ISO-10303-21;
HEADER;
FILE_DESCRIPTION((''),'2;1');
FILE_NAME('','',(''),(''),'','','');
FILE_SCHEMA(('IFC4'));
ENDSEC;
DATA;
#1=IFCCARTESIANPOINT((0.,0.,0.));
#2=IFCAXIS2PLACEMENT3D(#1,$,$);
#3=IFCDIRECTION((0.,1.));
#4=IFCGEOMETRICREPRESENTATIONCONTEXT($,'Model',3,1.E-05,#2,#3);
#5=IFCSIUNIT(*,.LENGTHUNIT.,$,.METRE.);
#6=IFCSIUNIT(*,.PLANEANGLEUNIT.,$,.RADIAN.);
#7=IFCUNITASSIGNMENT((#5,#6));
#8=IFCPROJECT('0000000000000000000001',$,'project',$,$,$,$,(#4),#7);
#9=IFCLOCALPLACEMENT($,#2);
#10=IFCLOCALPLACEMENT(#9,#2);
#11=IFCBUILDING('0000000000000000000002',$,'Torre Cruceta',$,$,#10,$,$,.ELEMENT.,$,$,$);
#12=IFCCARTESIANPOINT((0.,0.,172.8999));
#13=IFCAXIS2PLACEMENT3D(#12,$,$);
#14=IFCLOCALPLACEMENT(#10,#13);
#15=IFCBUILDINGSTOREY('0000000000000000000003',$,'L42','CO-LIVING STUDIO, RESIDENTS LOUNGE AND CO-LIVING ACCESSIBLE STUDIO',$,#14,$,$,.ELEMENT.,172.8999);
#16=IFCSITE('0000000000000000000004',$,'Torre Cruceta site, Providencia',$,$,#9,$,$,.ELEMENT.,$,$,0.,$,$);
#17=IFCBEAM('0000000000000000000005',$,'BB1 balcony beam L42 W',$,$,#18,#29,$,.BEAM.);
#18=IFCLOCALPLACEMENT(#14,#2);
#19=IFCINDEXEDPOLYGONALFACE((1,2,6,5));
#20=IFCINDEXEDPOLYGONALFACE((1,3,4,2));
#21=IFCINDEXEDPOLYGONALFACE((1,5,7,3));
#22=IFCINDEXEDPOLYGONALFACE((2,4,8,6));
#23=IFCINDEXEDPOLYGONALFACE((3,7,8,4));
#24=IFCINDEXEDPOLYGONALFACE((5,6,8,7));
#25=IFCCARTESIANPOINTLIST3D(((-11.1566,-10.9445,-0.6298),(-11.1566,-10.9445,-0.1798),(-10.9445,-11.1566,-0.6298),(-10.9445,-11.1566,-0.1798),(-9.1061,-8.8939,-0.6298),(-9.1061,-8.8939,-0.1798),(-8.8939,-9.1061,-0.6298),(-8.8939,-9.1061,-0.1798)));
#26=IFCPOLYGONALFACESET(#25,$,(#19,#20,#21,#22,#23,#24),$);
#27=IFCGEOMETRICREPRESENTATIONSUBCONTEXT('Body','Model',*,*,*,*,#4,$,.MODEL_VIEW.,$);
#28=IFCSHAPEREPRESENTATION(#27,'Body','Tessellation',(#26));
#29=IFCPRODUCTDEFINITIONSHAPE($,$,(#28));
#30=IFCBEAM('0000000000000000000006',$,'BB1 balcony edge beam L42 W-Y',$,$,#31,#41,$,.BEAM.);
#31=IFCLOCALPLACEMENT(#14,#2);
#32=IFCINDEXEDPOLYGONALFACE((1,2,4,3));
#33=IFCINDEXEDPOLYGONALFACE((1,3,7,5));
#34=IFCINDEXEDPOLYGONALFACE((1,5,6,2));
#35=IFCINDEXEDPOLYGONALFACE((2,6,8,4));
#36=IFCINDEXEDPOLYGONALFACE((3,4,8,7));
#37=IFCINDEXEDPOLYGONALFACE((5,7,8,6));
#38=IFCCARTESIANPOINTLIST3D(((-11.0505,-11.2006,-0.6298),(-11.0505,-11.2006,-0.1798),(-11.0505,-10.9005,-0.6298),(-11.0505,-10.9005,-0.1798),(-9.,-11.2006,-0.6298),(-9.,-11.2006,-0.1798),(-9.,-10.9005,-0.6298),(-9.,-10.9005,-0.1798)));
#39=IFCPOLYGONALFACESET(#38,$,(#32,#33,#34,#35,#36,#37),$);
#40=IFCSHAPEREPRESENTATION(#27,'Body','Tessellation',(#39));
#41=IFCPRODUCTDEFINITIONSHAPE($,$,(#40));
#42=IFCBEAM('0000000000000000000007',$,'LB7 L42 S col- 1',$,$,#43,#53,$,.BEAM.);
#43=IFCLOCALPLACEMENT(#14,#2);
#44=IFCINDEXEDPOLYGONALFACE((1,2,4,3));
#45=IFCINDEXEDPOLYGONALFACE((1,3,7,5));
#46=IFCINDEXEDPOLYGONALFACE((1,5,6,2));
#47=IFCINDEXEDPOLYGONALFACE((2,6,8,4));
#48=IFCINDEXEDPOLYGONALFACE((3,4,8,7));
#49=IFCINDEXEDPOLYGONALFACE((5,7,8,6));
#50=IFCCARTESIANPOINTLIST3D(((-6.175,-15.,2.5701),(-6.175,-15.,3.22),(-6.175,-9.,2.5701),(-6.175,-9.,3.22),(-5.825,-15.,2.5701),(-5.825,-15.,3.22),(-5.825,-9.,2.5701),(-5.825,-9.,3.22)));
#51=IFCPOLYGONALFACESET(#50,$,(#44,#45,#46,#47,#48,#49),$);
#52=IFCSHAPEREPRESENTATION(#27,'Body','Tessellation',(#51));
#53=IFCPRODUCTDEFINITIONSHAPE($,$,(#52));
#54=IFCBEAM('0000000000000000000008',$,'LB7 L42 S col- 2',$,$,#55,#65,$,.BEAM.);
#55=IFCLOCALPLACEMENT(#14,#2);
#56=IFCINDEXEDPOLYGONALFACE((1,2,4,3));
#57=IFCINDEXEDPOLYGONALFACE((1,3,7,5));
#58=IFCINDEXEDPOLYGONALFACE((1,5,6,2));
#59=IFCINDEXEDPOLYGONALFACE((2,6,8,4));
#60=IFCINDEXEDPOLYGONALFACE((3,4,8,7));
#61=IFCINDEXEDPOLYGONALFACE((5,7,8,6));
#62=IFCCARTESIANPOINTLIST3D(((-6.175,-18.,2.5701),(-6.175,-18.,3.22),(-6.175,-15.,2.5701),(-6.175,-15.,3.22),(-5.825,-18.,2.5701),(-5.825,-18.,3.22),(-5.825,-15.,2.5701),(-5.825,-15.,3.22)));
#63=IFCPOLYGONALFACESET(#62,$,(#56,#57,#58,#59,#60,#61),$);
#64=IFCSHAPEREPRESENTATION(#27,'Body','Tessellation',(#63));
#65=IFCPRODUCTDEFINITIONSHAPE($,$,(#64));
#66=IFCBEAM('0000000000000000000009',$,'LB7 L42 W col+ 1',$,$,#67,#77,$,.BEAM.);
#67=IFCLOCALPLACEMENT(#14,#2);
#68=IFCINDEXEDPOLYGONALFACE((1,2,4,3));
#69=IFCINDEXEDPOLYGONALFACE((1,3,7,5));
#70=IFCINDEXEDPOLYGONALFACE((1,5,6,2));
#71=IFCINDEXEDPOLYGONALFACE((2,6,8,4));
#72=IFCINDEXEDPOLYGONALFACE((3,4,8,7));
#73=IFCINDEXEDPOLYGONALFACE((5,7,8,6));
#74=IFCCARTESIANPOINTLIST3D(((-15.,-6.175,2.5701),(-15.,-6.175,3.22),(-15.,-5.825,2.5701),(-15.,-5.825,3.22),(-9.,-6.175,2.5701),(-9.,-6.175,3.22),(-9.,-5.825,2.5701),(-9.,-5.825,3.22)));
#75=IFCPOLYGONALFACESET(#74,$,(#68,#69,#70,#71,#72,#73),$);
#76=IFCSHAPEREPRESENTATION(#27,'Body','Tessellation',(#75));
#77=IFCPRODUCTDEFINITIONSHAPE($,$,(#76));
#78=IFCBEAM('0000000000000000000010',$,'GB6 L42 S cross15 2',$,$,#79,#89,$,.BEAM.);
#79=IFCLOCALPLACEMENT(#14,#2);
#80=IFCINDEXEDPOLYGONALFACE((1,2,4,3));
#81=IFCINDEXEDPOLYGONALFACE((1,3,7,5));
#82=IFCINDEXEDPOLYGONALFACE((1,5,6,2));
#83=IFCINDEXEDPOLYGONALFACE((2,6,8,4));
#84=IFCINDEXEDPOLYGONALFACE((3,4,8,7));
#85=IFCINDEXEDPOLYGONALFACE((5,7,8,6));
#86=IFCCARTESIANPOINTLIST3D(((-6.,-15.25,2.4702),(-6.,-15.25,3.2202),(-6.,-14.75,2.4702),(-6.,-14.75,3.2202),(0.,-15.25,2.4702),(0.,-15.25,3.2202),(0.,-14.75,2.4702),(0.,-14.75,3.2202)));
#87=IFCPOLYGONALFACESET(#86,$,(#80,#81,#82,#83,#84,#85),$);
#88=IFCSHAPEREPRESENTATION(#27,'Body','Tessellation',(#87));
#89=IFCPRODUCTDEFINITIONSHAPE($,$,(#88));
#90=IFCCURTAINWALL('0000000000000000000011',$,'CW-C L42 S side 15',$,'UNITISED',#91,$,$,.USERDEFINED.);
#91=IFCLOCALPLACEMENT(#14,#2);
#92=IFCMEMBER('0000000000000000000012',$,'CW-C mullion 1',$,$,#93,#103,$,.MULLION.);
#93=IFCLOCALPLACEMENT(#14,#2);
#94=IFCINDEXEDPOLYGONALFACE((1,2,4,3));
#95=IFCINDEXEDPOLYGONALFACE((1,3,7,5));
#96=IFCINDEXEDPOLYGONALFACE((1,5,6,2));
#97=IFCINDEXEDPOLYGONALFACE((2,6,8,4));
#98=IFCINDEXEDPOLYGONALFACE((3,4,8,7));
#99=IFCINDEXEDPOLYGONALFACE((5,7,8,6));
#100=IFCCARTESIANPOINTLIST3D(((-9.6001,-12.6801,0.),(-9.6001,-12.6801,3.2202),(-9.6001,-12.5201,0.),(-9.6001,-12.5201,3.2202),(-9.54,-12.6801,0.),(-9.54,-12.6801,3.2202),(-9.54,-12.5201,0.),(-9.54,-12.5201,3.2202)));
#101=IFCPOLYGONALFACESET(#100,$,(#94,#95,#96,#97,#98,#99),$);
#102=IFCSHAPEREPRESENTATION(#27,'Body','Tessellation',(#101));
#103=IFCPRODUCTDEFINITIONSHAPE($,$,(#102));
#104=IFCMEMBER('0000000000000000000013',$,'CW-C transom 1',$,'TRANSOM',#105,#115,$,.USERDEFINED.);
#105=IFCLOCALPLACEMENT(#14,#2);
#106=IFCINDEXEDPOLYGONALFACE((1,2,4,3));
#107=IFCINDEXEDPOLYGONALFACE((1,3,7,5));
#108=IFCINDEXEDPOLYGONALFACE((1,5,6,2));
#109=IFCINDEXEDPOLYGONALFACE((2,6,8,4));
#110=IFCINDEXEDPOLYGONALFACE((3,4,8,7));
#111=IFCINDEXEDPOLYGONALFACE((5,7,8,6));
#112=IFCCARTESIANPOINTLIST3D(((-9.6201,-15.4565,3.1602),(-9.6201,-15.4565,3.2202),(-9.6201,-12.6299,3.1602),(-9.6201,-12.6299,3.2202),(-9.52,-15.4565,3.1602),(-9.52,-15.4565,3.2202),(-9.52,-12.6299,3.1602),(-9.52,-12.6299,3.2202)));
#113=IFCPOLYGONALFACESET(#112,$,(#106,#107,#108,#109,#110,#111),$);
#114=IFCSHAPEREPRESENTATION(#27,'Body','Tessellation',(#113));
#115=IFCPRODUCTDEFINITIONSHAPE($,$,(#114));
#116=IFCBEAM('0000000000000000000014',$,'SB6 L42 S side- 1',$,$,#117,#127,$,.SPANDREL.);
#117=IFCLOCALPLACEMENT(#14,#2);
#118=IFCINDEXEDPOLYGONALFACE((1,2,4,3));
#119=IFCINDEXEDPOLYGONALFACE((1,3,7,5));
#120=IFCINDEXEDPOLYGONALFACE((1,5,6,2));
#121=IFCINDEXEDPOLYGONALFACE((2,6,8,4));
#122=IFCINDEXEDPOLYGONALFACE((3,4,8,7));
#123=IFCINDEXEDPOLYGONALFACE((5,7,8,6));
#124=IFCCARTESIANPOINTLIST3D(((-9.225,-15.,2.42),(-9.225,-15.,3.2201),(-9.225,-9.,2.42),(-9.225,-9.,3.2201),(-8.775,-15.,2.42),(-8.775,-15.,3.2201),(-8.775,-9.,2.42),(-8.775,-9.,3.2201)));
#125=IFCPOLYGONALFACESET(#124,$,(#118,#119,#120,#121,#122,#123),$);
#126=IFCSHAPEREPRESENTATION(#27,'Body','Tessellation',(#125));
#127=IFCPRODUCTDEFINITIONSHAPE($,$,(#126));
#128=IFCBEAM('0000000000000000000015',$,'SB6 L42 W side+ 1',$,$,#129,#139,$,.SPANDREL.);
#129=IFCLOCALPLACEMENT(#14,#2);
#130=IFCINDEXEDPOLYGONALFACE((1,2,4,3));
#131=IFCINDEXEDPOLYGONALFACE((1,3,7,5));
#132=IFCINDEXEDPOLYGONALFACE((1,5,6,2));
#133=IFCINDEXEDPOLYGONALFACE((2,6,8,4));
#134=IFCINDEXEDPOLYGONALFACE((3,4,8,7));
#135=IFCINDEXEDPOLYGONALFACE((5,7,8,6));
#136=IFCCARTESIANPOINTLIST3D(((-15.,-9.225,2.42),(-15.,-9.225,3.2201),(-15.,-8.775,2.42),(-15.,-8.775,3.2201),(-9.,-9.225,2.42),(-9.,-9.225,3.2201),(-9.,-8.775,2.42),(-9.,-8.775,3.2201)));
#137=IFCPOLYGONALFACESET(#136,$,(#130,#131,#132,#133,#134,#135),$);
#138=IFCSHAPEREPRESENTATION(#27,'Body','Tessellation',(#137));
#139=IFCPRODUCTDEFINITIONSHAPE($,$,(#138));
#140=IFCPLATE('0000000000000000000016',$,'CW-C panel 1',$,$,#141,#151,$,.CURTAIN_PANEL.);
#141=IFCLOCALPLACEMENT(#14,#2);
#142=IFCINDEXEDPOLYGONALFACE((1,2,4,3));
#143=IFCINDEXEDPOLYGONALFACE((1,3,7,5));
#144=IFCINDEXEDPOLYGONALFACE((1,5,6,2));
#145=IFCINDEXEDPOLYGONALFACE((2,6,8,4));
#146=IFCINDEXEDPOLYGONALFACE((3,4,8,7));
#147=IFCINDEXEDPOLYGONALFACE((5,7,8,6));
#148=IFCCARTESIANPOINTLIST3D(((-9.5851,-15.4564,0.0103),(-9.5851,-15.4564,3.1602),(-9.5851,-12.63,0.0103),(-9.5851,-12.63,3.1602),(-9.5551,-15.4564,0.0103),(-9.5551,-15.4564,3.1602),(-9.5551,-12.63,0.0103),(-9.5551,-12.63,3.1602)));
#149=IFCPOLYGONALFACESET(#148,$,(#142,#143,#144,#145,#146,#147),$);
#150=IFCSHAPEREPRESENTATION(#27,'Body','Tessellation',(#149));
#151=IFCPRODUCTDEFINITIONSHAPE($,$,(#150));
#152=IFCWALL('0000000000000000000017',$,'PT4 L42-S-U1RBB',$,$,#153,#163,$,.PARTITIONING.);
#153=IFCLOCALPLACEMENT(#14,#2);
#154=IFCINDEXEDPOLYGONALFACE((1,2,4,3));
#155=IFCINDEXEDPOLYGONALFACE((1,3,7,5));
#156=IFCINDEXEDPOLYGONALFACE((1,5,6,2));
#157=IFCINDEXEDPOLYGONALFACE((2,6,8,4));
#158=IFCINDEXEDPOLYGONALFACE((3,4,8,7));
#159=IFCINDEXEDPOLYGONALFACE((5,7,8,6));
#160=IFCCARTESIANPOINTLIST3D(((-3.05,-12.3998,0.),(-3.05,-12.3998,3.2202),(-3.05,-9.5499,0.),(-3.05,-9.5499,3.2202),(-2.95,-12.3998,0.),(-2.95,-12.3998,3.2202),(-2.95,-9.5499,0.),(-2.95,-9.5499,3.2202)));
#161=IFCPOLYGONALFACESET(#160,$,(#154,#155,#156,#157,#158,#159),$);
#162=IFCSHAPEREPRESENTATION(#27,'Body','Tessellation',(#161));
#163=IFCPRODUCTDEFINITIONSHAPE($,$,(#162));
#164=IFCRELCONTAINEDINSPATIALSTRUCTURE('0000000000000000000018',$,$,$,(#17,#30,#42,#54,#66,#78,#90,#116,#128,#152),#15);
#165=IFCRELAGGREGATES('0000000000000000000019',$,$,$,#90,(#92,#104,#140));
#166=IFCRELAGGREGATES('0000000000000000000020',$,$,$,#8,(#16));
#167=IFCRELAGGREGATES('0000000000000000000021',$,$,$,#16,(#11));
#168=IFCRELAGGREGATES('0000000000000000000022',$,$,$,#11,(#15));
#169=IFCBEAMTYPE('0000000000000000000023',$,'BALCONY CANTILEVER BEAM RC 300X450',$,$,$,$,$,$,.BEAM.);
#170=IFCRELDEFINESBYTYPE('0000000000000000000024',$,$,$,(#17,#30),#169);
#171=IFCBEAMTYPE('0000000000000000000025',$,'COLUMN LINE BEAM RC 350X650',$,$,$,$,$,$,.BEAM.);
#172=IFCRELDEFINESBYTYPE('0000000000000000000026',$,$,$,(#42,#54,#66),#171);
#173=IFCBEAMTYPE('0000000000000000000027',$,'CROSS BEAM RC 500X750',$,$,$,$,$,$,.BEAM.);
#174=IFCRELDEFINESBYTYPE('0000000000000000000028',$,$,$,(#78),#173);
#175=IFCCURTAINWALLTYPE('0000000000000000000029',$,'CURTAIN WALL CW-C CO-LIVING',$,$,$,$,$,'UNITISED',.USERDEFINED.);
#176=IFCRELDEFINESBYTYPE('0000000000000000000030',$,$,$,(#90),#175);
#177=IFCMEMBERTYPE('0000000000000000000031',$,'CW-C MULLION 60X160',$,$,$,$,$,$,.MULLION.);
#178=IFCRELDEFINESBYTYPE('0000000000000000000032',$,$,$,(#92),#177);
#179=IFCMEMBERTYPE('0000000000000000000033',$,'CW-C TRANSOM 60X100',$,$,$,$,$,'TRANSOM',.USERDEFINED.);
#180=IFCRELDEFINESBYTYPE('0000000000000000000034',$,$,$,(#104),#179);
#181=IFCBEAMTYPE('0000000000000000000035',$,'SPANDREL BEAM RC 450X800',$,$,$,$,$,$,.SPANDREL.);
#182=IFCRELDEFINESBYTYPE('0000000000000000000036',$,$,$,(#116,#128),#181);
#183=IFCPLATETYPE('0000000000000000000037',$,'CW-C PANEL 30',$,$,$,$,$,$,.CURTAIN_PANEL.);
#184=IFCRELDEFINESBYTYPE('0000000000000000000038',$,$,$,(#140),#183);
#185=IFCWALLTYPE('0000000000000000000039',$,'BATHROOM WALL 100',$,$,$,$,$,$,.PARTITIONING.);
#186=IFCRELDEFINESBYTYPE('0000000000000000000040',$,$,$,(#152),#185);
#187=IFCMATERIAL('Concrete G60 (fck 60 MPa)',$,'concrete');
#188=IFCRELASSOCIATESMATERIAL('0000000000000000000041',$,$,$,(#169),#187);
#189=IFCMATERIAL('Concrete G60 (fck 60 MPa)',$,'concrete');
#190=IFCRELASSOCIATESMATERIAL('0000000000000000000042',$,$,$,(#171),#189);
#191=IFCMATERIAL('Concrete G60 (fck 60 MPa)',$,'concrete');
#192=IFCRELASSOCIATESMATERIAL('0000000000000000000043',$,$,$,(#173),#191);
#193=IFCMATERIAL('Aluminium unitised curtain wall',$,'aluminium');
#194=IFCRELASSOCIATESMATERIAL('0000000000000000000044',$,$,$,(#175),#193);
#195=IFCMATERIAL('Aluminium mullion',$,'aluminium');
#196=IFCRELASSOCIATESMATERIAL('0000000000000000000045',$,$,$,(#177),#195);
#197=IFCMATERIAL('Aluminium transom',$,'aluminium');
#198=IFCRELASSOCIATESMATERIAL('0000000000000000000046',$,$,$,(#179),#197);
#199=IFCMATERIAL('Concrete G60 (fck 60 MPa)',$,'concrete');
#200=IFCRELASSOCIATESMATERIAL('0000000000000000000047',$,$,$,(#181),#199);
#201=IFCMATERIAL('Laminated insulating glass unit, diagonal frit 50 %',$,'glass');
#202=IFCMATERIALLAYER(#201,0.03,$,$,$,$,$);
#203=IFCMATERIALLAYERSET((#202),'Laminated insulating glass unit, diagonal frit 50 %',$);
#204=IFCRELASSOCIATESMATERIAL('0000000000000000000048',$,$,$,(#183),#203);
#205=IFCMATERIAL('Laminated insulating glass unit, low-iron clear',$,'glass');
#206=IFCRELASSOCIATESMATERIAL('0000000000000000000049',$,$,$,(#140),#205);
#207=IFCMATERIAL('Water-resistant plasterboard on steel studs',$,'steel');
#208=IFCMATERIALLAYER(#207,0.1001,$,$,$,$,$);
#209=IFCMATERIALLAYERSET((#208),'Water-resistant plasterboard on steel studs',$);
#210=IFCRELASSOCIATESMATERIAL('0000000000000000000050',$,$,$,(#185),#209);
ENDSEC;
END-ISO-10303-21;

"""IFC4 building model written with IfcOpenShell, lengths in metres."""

from ifc_helpers import new_model, si_unit, direction, frame, frame_2d, origin, origin_2d, place, context, subcontext, project, spatial, rectangle, extrude, material, layer, layer_set, material_profile, profile_set, type_object, element, aggregate, save


model = new_model("IFC4")

# Units and contexts
model_context = context("Model", 3, precision=1e-05, world=origin(), true_north=direction((0.0, 1.0)))
body_context = subcontext(model_context, "Body", "Model", "MODEL_VIEW")
ifc_project = project(units=[si_unit("LENGTHUNIT", "METRE"), si_unit("PLANEANGLEUNIT", "RADIAN")], contexts=[model_context])

# Site, building, storey
site_placement = place(None, origin())
site = spatial("IfcSite", under=ifc_project, at=site_placement, Name="Torre Cruceta site, Providencia", CompositionType="ELEMENT", RefElevation=0.0)
building_placement = place(site_placement, origin())
building = spatial("IfcBuilding", under=site, at=building_placement, Name="Torre Cruceta", CompositionType="ELEMENT")
storey_placement = place(building_placement, frame((0.0, 0.0, 172.8999)))
storey = spatial("IfcBuildingStorey", under=building, at=storey_placement, Name="L42", Description="CO-LIVING STUDIO, RESIDENTS LOUNGE AND CO-LIVING ACCESSIBLE STUDIO", CompositionType="ELEMENT", Elevation=172.8999)

# Beams
ifc_material_1 = material(Name="Concrete G60 (fck 60 MPa)", Category="concrete")
ifc_material_profile_1 = material_profile(ifc_material_1, rectangle(XDim=0.3, YDim=0.45, at=origin_2d()), Name="RC 300X450")
ifc_profile_set_1 = profile_set([ifc_material_profile_1], Name="Concrete G60 (fck 60 MPa)")
beam_type_1 = type_object("IfcBeamType", Name="BALCONY CANTILEVER BEAM RC 300X450", PredefinedType="BEAM", material=ifc_profile_set_1)
beam_1_placement = place(storey_placement, frame((-9.0, -9.0, -0.4048), z_axis=(-0.707107, -0.707107, 0.0), x_axis=(0.707107, -0.707107, 0.0)))
element("IfcBeam", 1, at=beam_1_placement, inside=storey, type_object=beam_type_1, Name="BB1 balcony beam L42 W", PredefinedType="BEAM", context=body_context, shape_type="SweptSolid", body=[
    extrude(rectangle(XDim=0.3, YDim=0.45, at=origin_2d()), origin(), (0.0, 0.0, 1.0), 2.8999),
])
beam_2_placement = place(storey_placement, frame((-9.0, -11.0505, -0.4048), z_axis=(-1.0, 0.0, 0.0), x_axis=(0.0, -1.0, 0.0)))
element("IfcBeam", 2, at=beam_2_placement, inside=storey, type_object=beam_type_1, Name="BB1 balcony edge beam L42 W-Y", PredefinedType="BEAM", context=body_context, shape_type="SweptSolid", body=[
    extrude(rectangle(XDim=0.3, YDim=0.45, at=origin_2d()), origin(), (0.0, 0.0, 1.0), 2.0505),
])
ifc_material_2 = material(Name="Concrete G60 (fck 60 MPa)", Category="concrete")
ifc_material_profile_2 = material_profile(ifc_material_2, rectangle(XDim=0.3501, YDim=0.6499, at=origin_2d()), Name="RC 350X650")
ifc_profile_set_2 = profile_set([ifc_material_profile_2], Name="Concrete G60 (fck 60 MPa)")
beam_type_2 = type_object("IfcBeamType", Name="COLUMN LINE BEAM RC 350X650", PredefinedType="BEAM", material=ifc_profile_set_2)
beam_3_placement = place(storey_placement, frame((-6.0, -9.0, 2.895), z_axis=(0.0, -1.0, 0.0), x_axis=(1.0, 0.0, 0.0)))
element("IfcBeam", 3, at=beam_3_placement, inside=storey, type_object=beam_type_2, Name="LB7 L42 S col- 1", PredefinedType="BEAM", context=body_context, shape_type="SweptSolid", body=[
    extrude(rectangle(XDim=0.3501, YDim=0.6499, at=origin_2d()), origin(), (0.0, 0.0, 1.0), 6.0),
])
beam_4_placement = place(storey_placement, frame((-6.0, -15.0, 2.895), z_axis=(0.0, -1.0, 0.0), x_axis=(1.0, 0.0, 0.0)))
element("IfcBeam", 4, at=beam_4_placement, inside=storey, type_object=beam_type_2, Name="LB7 L42 S col- 2", PredefinedType="BEAM", context=body_context, shape_type="SweptSolid", body=[
    extrude(rectangle(XDim=0.3501, YDim=0.6499, at=origin_2d()), origin(), (0.0, 0.0, 1.0), 3.0),
])
beam_5_placement = place(storey_placement, frame((-9.0, -6.0, 2.895), z_axis=(-1.0, 0.0, 0.0), x_axis=(0.0, -1.0, 0.0)))
element("IfcBeam", 5, at=beam_5_placement, inside=storey, type_object=beam_type_2, Name="LB7 L42 W col+ 1", PredefinedType="BEAM", context=body_context, shape_type="SweptSolid", body=[
    extrude(rectangle(XDim=0.3501, YDim=0.6499, at=origin_2d()), origin(), (0.0, 0.0, 1.0), 6.0),
])
ifc_material_3 = material(Name="Concrete G60 (fck 60 MPa)", Category="concrete")
ifc_material_profile_3 = material_profile(ifc_material_3, rectangle(XDim=0.5, YDim=0.75, at=origin_2d()), Name="RC 500X750")
ifc_profile_set_3 = profile_set([ifc_material_profile_3], Name="Concrete G60 (fck 60 MPa)")
beam_type_3 = type_object("IfcBeamType", Name="CROSS BEAM RC 500X750", PredefinedType="BEAM", material=ifc_profile_set_3)
beam_6_placement = place(storey_placement, frame((-6.0, -15.0, 2.8452), z_axis=(1.0, 0.0, 0.0), x_axis=(0.0, 1.0, 0.0)))
element("IfcBeam", 6, at=beam_6_placement, inside=storey, type_object=beam_type_3, Name="GB6 L42 S cross15 2", PredefinedType="BEAM", context=body_context, shape_type="SweptSolid", body=[
    extrude(rectangle(XDim=0.5, YDim=0.75, at=origin_2d()), origin(), (0.0, 0.0, 1.0), 6.0),
])

# Curtain wall, members
ifc_material_4 = material(Name="Aluminium unitised curtain wall", Category="aluminium")
curtain_wall_type = type_object("IfcCurtainWallType", Name="CURTAIN WALL CW-C CO-LIVING", ElementType="UNITISED", PredefinedType="USERDEFINED", material=ifc_material_4)
curtain_wall_placement = place(storey_placement, origin())
curtain_wall = element("IfcCurtainWall", 7, at=curtain_wall_placement, inside=storey, type_object=curtain_wall_type, Name="CW-C L42 S side 15", ObjectType="UNITISED", PredefinedType="USERDEFINED")
ifc_material_5 = material(Name="Aluminium mullion", Category="aluminium")
ifc_material_profile_4 = material_profile(ifc_material_5, rectangle(XDim=0.0601, YDim=0.1599, at=origin_2d()), Name="AL 60X160")
ifc_profile_set_4 = profile_set([ifc_material_profile_4], Name="Aluminium mullion")
member_type_1 = type_object("IfcMemberType", Name="CW-C MULLION 60X160", PredefinedType="MULLION", material=ifc_profile_set_4)
member_1_placement = place(storey_placement, frame((-9.5701, -12.6001, 0.0), z_axis=(0.0, 0.0, 1.0), x_axis=(1.0, 0.0, 0.0)))
member_1 = element("IfcMember", 8, at=member_1_placement, type_object=member_type_1, Name="CW-C mullion 1", PredefinedType="MULLION", context=body_context, shape_type="SweptSolid", body=[
    extrude(rectangle(XDim=0.0601, YDim=0.1599, at=origin_2d()), origin(), (0.0, 0.0, 1.0), 3.2202),
])
ifc_material_6 = material(Name="Aluminium transom", Category="aluminium")
ifc_material_profile_5 = material_profile(ifc_material_6, rectangle(XDim=0.1001, YDim=0.0601, at=origin_2d()), Name="AL 100X60")
ifc_profile_set_5 = profile_set([ifc_material_profile_5], Name="Aluminium transom")
member_type_2 = type_object("IfcMemberType", Name="CW-C TRANSOM 60X100", ElementType="TRANSOM", PredefinedType="USERDEFINED", material=ifc_profile_set_5)
member_2_placement = place(storey_placement, frame((-9.5701, -12.6299, 3.1902), z_axis=(0.0, -1.0, 0.0), x_axis=(1.0, 0.0, 0.0)))
member_2 = element("IfcMember", 9, at=member_2_placement, type_object=member_type_2, Name="CW-C transom 1", ObjectType="TRANSOM", PredefinedType="USERDEFINED", context=body_context, shape_type="SweptSolid", body=[
    extrude(rectangle(XDim=0.1001, YDim=0.0601, at=origin_2d()), origin(), (0.0, 0.0, 1.0), 2.8267),
])

# Beams
ifc_material_7 = material(Name="Concrete G60 (fck 60 MPa)", Category="concrete")
ifc_material_profile_6 = material_profile(ifc_material_7, rectangle(XDim=0.45, YDim=0.8, at=origin_2d()), Name="RC 450X800")
ifc_profile_set_6 = profile_set([ifc_material_profile_6], Name="Concrete G60 (fck 60 MPa)")
beam_type_4 = type_object("IfcBeamType", Name="SPANDREL BEAM RC 450X800", PredefinedType="SPANDREL", material=ifc_profile_set_6)
for number, where, z_axis, x_axis, name in (
    (10, (-9.0, -9.0, 2.8201), (0.0, -1.0, 0.0), (1.0, 0.0, 0.0), "SB6 L42 S side- 1"),
    (11, (-9.0, -9.0, 2.8201), (-1.0, 0.0, 0.0), (0.0, -1.0, 0.0), "SB6 L42 W side+ 1"),
):
    element("IfcBeam", number, at=place(storey_placement, frame(where, z_axis=z_axis, x_axis=x_axis)), inside=storey, type_object=beam_type_4, Name=name, PredefinedType="SPANDREL", context=body_context, shape_type="SweptSolid", body=[
        extrude(rectangle(XDim=0.45, YDim=0.8, at=origin_2d()), origin(), (0.0, 0.0, 1.0), 6.0),
    ])

# Plate
ifc_material_8 = material(Name="Laminated insulating glass unit, low-iron clear", Category="glass")
ifc_material_9 = material(Name="Laminated insulating glass unit, diagonal frit 50 %", Category="glass")
ifc_layer_1 = layer(ifc_material_9, 0.03)
ifc_layer_set_1 = layer_set([ifc_layer_1], Name="Laminated insulating glass unit, diagonal frit 50 %")
plate_type = type_object("IfcPlateType", Name="CW-C PANEL 30", PredefinedType="CURTAIN_PANEL", material=ifc_layer_set_1)
plate_placement = place(storey_placement, frame((-9.5701, -14.0432, 0.0103), z_axis=(0.0, 0.0, 1.0), x_axis=(0.0, -1.0, 0.0)))
plate = element("IfcPlate", 12, at=plate_placement, type_object=plate_type, material=ifc_material_8, Name="CW-C panel 1", PredefinedType="CURTAIN_PANEL", context=body_context, shape_type="SweptSolid", body=[
    extrude(rectangle(XDim=2.8264, YDim=0.03, at=origin_2d()), origin(), (0.0, 0.0, 1.0), 3.1499),
])
aggregate(curtain_wall, [member_1, member_2, plate])

# Wall
ifc_material_10 = material(Name="Water-resistant plasterboard on steel studs", Category="steel")
ifc_layer_2 = layer(ifc_material_10, 0.1001)
ifc_layer_set_2 = layer_set([ifc_layer_2], Name="Water-resistant plasterboard on steel studs")
wall_type_1 = type_object("IfcWallType", Name="BATHROOM WALL 100", PredefinedType="PARTITIONING", material=ifc_layer_set_2)
wall_1_placement = place(storey_placement, frame((-3.0, -9.55, 0.0), z_axis=(0.0, 0.0, 1.0), x_axis=(0.0, -1.0, 0.0)))
element("IfcWall", 13, at=wall_1_placement, inside=storey, type_object=wall_type_1, Name="PT4 L42-S-U1RBB", PredefinedType="PARTITIONING", context=body_context, shape_type="SweptSolid", body=[
    extrude(rectangle(XDim=2.8499, YDim=0.1001, at=frame_2d((1.4248, 0.0))), origin(), (0.0, 0.0, 1.0), 3.2202),
])

save(model, "model.ifc")
